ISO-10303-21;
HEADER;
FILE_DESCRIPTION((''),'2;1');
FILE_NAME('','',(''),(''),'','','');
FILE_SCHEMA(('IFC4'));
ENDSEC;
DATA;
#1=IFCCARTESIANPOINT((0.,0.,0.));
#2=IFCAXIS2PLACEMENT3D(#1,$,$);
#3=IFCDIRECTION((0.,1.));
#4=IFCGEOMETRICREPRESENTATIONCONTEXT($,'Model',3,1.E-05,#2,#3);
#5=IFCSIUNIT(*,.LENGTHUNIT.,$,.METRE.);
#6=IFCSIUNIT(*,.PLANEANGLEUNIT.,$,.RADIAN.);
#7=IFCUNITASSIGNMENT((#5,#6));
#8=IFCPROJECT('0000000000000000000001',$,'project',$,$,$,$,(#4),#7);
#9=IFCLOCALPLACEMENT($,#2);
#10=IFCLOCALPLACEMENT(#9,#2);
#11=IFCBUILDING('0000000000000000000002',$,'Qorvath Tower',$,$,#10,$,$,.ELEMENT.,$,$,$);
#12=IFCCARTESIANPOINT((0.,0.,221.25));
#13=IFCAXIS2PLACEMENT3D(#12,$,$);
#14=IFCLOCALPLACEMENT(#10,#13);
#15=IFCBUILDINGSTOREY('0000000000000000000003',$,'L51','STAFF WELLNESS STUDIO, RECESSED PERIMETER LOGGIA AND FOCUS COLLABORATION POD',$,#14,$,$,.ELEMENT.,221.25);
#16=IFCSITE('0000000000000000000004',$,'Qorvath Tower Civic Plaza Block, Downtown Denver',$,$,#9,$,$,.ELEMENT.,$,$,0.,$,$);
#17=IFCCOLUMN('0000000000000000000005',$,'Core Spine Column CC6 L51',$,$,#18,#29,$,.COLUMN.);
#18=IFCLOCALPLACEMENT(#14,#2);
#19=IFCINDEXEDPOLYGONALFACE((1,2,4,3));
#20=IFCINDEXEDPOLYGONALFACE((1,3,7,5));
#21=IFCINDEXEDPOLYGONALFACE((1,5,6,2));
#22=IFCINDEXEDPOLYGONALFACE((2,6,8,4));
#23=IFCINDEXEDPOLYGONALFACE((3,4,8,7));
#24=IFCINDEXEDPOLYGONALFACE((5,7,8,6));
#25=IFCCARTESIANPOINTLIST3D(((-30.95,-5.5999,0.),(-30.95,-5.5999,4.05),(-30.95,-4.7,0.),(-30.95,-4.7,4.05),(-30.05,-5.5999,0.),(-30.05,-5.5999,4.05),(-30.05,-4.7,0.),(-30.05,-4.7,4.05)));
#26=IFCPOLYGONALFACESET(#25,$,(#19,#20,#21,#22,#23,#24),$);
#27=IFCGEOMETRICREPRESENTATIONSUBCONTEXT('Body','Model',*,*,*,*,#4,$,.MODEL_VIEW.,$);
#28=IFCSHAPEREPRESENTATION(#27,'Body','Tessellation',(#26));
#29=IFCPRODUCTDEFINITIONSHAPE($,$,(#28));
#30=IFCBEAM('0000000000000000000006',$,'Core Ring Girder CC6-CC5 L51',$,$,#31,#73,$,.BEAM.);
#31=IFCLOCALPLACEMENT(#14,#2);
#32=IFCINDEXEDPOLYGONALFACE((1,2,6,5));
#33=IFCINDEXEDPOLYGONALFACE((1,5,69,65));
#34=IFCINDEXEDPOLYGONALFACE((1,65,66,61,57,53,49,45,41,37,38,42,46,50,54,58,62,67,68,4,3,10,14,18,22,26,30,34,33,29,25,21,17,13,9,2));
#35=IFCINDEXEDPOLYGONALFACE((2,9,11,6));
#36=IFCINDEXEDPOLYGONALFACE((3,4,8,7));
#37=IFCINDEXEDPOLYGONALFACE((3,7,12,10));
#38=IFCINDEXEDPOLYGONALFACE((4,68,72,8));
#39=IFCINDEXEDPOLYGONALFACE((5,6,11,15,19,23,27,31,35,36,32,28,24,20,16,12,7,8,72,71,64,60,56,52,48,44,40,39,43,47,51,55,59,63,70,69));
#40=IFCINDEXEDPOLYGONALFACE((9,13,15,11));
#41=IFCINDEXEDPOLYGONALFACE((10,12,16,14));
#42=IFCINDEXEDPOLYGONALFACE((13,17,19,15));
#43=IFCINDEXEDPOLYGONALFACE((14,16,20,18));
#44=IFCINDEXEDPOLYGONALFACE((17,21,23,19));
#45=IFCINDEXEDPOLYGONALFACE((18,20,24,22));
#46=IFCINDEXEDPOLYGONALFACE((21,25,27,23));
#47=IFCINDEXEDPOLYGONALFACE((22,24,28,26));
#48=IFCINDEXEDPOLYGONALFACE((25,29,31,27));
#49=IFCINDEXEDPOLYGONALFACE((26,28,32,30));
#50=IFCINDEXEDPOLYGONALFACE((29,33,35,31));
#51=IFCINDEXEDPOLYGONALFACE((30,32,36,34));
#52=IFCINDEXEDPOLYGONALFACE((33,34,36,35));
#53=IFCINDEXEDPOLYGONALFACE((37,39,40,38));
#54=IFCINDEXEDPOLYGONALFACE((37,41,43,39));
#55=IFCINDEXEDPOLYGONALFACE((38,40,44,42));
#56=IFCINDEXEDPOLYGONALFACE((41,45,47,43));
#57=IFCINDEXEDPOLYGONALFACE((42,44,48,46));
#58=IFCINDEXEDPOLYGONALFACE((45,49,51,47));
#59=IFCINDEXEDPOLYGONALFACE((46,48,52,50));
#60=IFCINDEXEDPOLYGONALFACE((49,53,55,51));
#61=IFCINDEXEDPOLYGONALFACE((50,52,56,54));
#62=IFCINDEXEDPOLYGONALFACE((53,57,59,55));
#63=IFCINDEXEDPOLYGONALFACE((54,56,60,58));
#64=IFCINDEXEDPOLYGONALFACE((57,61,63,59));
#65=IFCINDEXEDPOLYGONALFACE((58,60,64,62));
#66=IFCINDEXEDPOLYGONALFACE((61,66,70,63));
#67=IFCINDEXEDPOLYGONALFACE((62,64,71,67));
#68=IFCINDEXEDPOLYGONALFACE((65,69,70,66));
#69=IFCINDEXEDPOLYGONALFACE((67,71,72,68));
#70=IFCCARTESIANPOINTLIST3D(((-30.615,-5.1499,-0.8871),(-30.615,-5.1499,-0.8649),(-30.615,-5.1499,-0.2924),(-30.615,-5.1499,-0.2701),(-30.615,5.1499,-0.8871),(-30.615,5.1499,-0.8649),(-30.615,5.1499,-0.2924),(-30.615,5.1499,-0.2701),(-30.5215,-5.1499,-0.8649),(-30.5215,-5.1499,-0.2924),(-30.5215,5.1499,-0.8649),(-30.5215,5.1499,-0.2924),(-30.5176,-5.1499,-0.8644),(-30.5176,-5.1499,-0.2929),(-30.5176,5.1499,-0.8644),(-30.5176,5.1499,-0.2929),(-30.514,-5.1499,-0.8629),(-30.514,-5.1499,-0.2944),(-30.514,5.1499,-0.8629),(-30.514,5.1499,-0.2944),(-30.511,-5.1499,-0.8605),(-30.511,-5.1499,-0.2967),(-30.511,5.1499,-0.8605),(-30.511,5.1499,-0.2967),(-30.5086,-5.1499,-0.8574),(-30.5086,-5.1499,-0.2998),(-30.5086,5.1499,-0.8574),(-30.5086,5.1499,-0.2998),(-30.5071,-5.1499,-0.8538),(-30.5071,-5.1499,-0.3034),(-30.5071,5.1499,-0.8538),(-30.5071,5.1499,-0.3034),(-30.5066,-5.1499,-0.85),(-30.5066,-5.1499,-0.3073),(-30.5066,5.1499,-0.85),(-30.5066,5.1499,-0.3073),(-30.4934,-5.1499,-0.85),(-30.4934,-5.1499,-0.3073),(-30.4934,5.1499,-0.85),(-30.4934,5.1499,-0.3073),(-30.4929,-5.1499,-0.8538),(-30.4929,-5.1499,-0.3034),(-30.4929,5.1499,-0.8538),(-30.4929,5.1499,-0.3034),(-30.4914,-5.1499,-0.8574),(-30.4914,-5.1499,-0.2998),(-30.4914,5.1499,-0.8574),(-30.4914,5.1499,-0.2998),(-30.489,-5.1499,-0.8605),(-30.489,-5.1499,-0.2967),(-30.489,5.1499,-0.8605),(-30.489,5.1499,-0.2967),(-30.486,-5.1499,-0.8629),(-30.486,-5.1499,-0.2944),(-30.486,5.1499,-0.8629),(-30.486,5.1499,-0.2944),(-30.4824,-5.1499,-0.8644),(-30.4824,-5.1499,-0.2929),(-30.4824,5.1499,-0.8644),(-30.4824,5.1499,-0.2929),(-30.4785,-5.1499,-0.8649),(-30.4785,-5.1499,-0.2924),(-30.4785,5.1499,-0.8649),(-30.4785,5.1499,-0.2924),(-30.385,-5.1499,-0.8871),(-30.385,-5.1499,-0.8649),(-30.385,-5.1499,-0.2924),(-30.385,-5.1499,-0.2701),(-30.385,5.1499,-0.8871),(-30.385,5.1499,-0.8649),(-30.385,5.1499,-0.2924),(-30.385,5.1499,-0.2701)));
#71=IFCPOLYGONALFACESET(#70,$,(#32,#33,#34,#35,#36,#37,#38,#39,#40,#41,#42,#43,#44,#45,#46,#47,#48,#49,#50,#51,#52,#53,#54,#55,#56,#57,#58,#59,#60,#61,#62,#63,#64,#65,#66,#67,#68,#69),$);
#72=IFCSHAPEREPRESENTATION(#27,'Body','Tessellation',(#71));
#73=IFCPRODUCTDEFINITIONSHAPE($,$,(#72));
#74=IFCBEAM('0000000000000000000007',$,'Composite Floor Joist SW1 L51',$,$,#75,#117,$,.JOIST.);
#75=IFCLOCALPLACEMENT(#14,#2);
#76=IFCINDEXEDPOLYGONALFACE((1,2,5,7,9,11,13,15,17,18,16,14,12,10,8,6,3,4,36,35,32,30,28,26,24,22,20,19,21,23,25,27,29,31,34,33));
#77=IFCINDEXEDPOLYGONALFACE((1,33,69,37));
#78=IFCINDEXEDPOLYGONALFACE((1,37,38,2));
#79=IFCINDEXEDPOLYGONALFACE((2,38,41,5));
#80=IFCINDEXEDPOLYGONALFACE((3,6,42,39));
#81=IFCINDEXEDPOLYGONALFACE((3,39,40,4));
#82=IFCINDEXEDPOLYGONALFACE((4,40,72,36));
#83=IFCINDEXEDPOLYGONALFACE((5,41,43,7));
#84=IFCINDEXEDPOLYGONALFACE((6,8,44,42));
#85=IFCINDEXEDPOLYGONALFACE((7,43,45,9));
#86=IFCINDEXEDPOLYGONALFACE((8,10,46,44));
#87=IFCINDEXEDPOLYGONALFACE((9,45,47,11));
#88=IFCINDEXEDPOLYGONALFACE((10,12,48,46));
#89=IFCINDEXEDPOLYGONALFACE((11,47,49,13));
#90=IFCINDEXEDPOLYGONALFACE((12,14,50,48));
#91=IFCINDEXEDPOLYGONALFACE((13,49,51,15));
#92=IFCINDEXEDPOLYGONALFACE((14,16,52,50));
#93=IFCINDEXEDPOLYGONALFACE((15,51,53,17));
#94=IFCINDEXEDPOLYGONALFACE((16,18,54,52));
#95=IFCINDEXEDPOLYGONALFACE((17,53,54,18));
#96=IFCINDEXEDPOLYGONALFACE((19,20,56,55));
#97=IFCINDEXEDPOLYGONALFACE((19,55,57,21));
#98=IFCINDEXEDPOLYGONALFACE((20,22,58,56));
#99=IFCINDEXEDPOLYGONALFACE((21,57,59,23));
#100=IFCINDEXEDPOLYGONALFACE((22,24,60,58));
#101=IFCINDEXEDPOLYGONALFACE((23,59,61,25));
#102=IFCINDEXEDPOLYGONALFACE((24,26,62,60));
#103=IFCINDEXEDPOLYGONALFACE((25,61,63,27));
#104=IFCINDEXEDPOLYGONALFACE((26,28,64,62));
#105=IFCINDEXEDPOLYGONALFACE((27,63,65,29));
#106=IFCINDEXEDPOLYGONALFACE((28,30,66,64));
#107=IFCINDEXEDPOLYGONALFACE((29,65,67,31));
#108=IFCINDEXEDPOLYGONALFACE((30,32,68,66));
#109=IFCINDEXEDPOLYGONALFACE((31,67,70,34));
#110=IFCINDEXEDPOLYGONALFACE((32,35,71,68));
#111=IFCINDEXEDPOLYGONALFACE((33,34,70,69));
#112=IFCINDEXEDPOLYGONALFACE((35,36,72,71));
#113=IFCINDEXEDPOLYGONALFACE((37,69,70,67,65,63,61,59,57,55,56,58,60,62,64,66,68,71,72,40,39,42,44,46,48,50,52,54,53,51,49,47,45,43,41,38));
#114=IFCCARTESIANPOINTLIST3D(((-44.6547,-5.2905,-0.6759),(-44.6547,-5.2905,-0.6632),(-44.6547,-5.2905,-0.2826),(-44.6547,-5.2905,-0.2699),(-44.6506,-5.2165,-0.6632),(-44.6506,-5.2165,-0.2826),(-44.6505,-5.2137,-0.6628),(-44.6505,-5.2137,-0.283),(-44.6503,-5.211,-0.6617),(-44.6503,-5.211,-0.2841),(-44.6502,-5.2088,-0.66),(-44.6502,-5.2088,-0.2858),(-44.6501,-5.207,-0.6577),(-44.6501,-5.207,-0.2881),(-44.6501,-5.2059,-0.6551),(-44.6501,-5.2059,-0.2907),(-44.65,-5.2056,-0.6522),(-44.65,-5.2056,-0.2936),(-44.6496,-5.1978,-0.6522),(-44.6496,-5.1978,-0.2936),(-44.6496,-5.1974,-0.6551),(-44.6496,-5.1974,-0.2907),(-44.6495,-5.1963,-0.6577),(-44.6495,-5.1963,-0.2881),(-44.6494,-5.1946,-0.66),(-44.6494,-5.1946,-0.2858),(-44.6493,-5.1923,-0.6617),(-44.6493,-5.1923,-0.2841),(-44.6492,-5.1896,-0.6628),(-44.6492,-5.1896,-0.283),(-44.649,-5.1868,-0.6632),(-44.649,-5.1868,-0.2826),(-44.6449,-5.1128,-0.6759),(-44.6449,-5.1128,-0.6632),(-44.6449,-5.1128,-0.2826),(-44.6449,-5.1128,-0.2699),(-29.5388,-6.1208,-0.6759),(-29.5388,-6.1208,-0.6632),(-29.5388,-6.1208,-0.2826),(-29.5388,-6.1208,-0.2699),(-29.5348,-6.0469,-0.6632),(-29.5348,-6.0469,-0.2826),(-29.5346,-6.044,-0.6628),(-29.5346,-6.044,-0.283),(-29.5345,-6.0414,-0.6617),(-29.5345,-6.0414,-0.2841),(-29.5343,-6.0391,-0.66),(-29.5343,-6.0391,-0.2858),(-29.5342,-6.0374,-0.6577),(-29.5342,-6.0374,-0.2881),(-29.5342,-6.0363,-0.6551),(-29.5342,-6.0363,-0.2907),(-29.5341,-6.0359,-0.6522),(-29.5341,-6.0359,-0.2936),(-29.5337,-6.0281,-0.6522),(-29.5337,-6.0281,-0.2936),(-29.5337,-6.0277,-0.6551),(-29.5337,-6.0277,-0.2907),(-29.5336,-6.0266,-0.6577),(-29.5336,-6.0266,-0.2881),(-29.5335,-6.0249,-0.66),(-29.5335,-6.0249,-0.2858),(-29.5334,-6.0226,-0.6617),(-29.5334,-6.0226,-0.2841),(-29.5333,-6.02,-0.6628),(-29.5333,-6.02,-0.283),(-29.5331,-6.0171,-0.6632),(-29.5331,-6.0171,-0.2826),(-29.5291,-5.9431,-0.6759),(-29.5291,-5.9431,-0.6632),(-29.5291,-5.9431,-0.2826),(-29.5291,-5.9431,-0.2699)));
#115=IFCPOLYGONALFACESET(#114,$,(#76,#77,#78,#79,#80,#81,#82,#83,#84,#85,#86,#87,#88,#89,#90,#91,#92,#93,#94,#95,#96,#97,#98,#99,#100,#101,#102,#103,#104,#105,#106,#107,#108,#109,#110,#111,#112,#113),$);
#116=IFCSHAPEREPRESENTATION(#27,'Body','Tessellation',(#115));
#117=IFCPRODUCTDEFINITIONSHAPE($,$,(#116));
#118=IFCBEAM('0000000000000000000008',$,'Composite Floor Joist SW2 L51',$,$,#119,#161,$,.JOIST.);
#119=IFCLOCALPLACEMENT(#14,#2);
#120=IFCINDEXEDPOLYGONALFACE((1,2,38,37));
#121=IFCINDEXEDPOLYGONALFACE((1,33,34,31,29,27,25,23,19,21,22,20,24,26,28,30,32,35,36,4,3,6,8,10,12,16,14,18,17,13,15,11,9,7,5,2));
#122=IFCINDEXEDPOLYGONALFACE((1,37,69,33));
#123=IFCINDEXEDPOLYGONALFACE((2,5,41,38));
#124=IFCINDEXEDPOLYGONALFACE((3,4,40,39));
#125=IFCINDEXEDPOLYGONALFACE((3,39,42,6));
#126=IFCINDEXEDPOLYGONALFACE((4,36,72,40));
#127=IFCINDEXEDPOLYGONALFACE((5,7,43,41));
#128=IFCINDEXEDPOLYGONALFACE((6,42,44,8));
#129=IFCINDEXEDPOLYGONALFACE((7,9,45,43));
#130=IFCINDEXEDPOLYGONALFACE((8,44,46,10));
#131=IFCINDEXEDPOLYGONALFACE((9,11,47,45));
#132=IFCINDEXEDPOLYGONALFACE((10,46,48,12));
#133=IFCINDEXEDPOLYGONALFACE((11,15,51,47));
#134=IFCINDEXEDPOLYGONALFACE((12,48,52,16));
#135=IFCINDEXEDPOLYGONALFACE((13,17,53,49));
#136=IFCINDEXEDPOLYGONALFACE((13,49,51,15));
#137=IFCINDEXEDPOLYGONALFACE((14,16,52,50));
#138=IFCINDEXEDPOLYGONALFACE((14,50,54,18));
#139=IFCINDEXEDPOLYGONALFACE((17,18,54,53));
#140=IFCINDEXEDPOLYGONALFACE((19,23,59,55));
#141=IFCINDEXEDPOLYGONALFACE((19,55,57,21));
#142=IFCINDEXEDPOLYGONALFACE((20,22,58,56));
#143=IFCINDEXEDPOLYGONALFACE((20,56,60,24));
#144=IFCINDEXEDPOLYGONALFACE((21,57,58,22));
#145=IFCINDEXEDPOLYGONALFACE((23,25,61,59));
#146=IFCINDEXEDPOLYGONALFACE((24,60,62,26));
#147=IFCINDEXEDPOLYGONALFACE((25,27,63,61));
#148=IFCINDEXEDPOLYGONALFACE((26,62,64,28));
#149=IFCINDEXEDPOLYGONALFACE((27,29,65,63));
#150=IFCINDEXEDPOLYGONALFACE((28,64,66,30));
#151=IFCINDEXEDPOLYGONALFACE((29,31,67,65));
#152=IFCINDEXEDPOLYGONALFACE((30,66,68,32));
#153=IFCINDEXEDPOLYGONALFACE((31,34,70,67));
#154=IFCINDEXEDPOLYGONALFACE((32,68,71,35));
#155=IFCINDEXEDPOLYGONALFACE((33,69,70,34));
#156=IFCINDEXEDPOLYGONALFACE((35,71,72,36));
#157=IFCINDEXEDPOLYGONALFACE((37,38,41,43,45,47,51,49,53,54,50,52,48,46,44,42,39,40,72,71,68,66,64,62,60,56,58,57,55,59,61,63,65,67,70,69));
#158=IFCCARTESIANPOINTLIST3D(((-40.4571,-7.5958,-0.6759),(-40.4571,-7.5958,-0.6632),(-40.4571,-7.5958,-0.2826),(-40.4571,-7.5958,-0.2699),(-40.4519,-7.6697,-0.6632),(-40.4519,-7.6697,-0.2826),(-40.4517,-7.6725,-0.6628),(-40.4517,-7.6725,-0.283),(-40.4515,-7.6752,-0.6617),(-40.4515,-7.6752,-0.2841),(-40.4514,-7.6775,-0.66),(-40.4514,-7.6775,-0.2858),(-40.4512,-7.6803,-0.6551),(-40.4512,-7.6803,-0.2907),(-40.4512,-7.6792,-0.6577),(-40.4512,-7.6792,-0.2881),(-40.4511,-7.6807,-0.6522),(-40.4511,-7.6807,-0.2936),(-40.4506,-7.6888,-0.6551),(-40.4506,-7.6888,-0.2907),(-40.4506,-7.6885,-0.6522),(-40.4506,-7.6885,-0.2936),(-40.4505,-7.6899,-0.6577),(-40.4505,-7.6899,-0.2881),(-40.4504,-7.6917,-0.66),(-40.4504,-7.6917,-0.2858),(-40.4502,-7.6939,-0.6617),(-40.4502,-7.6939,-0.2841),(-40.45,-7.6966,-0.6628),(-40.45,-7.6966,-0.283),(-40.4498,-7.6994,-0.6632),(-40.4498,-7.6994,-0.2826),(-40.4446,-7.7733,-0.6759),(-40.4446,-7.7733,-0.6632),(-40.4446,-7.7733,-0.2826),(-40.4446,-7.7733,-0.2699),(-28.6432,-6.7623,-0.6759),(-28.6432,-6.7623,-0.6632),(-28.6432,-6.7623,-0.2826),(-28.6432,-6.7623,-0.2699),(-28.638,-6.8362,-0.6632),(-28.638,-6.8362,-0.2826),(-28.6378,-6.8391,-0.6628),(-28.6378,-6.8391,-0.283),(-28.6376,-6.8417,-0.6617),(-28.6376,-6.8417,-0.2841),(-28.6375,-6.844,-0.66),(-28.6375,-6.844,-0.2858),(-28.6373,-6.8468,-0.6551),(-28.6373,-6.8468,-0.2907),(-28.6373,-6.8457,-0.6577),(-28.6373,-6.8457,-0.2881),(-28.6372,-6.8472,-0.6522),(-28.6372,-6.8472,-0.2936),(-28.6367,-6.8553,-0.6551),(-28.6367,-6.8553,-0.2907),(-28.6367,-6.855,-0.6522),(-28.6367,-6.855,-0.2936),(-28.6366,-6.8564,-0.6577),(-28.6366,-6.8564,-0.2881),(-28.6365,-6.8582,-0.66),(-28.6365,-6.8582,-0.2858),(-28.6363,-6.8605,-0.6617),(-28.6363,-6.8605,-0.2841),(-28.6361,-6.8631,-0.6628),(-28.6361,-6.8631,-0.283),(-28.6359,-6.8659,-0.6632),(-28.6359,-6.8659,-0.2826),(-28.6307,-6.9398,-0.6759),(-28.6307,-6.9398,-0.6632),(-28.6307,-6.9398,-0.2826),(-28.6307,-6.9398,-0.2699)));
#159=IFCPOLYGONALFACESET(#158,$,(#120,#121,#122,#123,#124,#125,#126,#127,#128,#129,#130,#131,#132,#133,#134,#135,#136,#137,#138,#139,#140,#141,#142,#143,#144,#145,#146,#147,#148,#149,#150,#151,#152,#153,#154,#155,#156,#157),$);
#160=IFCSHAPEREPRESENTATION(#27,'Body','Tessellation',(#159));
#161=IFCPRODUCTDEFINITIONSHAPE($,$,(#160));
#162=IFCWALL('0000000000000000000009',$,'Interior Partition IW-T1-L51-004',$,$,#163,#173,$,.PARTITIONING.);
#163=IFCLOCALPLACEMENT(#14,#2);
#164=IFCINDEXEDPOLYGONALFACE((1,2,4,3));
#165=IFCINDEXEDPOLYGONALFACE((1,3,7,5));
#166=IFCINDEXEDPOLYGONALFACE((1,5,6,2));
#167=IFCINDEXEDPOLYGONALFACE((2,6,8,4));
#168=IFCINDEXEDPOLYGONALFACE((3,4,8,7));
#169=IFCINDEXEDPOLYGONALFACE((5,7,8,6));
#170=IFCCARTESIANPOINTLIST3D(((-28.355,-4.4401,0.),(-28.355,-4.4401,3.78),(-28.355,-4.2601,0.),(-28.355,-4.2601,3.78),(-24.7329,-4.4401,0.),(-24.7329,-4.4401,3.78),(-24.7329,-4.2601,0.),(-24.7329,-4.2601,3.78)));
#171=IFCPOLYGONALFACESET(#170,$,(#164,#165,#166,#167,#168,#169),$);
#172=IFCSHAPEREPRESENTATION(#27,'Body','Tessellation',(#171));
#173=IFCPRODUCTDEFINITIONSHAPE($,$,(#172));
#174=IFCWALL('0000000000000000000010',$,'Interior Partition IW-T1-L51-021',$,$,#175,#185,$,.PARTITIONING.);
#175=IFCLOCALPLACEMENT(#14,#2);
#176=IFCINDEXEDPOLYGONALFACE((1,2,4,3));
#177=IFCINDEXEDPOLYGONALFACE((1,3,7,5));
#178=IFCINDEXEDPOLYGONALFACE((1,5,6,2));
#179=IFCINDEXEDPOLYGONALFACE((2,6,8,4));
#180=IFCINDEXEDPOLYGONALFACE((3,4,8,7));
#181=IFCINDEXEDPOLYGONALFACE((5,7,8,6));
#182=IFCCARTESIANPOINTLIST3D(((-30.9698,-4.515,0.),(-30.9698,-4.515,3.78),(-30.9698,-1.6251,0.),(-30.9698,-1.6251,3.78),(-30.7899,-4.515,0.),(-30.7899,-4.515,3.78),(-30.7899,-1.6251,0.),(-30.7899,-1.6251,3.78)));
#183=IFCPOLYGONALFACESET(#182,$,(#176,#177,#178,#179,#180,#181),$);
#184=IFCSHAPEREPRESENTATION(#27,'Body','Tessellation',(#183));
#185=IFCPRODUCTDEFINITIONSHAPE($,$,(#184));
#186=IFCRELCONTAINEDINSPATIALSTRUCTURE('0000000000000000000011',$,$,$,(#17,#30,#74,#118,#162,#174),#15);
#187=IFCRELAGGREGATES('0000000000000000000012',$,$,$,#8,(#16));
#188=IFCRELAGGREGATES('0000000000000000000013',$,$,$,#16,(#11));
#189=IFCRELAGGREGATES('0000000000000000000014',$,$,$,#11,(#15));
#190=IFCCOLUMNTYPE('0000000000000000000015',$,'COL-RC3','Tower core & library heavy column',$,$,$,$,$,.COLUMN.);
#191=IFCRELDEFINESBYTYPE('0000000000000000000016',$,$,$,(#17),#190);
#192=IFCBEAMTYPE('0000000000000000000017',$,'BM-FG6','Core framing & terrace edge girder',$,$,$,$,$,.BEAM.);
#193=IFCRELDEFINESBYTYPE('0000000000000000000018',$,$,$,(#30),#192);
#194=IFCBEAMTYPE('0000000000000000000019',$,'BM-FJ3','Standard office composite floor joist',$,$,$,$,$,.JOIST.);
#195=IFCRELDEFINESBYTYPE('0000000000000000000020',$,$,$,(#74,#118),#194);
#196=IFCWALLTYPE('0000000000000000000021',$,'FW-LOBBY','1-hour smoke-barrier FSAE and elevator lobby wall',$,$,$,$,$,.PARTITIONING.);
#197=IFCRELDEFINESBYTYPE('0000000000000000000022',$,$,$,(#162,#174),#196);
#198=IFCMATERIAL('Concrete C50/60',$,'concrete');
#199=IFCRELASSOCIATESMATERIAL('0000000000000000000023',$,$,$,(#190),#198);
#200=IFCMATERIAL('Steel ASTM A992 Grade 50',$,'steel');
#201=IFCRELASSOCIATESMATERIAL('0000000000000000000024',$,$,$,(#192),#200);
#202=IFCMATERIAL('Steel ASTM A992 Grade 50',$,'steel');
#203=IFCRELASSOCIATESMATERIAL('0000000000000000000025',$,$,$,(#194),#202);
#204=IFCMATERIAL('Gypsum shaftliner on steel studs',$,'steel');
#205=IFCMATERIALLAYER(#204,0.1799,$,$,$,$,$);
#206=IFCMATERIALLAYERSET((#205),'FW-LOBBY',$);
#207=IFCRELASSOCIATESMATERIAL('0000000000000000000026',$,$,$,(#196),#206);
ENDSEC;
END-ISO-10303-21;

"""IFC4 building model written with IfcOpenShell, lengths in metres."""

from ifc_helpers import new_model, si_unit, direction, frame, frame_2d, origin, origin_2d, place, context, subcontext, project, spatial, rectangle, i_section, extrude, material, layer, layer_set, material_profile, profile_set, type_object, element, save


model = new_model("IFC4")

# Units and contexts
model_context = context("Model", 3, precision=1e-05, world=origin(), true_north=direction((0.0, 1.0)))
body_context = subcontext(model_context, "Body", "Model", "MODEL_VIEW")
ifc_project = project(units=[si_unit("LENGTHUNIT", "METRE"), si_unit("PLANEANGLEUNIT", "RADIAN")], contexts=[model_context])

# Site, building, storey
site_placement = place(None, origin())
site = spatial("IfcSite", under=ifc_project, at=site_placement, Name="Qorvath Tower Civic Plaza Block, Downtown Denver", CompositionType="ELEMENT", RefElevation=0.0)
building_placement = place(site_placement, origin())
building = spatial("IfcBuilding", under=site, at=building_placement, Name="Qorvath Tower", CompositionType="ELEMENT")
storey_placement = place(building_placement, frame((0.0, 0.0, 221.25)))
storey = spatial("IfcBuildingStorey", under=building, at=storey_placement, Name="L51", Description="STAFF WELLNESS STUDIO, RECESSED PERIMETER LOGGIA AND FOCUS COLLABORATION POD", CompositionType="ELEMENT", Elevation=221.25)

# Column
ifc_material_1 = material(Name="Concrete C50/60", Category="concrete")
ifc_material_profile_1 = material_profile(ifc_material_1, rectangle(XDim=0.8999, YDim=0.8999, at=origin_2d()), Name="RC 900x900")
ifc_profile_set_1 = profile_set([ifc_material_profile_1], Name="Concrete C50/60")
column_type = type_object("IfcColumnType", Name="COL-RC3", Description="Tower core & library heavy column", PredefinedType="COLUMN", material=ifc_profile_set_1)
column_placement = place(storey_placement, frame((-30.5, -5.1499, 0.0), z_axis=(0.0, 0.0, 1.0), x_axis=(1.0, 0.0, 0.0)))
element("IfcColumn", 1, at=column_placement, inside=storey, type_object=column_type, Name="Core Spine Column CC6 L51", PredefinedType="COLUMN", context=body_context, shape_type="SweptSolid", body=[
    extrude(rectangle(XDim=0.8999, YDim=0.8999, at=origin_2d()), origin(), (0.0, 0.0, 1.0), 4.05),
])

# Beams
ifc_material_2 = material(Name="Steel ASTM A992 Grade 50", Category="steel")
ifc_material_profile_2 = material_profile(ifc_material_2, i_section(OverallWidth=0.23, OverallDepth=0.6169, WebThickness=0.0132, FlangeThickness=0.0222, FilletRadius=0.0149, at=origin_2d()), Name="W24x94")
ifc_profile_set_2 = profile_set([ifc_material_profile_2], Name="Steel ASTM A992 Grade 50")
beam_type_1 = type_object("IfcBeamType", Name="BM-FG6", Description="Core framing & terrace edge girder", PredefinedType="BEAM", material=ifc_profile_set_2)
beam_1_placement = place(storey_placement, frame((-30.5, -5.1499, -0.5786), z_axis=(0.0, 1.0, 0.0), x_axis=(-1.0, 0.0, 0.0)))
element("IfcBeam", 2, at=beam_1_placement, inside=storey, type_object=beam_type_1, Name="Core Ring Girder CC6-CC5 L51", PredefinedType="BEAM", context=body_context, shape_type="SweptSolid", body=[
    extrude(i_section(OverallWidth=0.23, OverallDepth=0.6169, WebThickness=0.0132, FlangeThickness=0.0222, FilletRadius=0.0149, at=origin_2d()), origin(), (0.0, 0.0, 1.0), 10.2998),
])
ifc_material_3 = material(Name="Steel ASTM A992 Grade 50", Category="steel")
ifc_material_profile_3 = material_profile(ifc_material_3, i_section(OverallWidth=0.178, OverallDepth=0.406, WebThickness=0.0078, FlangeThickness=0.0127, FilletRadius=0.011, at=origin_2d()), Name="W16x40")
ifc_profile_set_3 = profile_set([ifc_material_profile_3], Name="Steel ASTM A992 Grade 50")
beam_type_2 = type_object("IfcBeamType", Name="BM-FJ3", Description="Standard office composite floor joist", PredefinedType="JOIST", material=ifc_profile_set_3)
beam_2_placement = place(storey_placement, frame((-29.5339, -6.032, -0.4729), z_axis=(-0.998495, 0.054847, 0.0), x_axis=(-0.054847, -0.998495, 0.0)))
element("IfcBeam", 3, at=beam_2_placement, inside=storey, type_object=beam_type_2, Name="Composite Floor Joist SW1 L51", PredefinedType="JOIST", context=body_context, shape_type="SweptSolid", body=[
    extrude(i_section(OverallWidth=0.178, OverallDepth=0.406, WebThickness=0.0078, FlangeThickness=0.0127, FilletRadius=0.011, at=origin_2d()), origin(), (0.0, 0.0, 1.0), 15.1387),
])
beam_3_placement = place(storey_placement, frame((-28.637, -6.8511, -0.4729), z_axis=(-0.99752, -0.070377, 0.0), x_axis=(0.070377, -0.99752, 0.0)))
element("IfcBeam", 4, at=beam_3_placement, inside=storey, type_object=beam_type_2, Name="Composite Floor Joist SW2 L51", PredefinedType="JOIST", context=body_context, shape_type="SweptSolid", body=[
    extrude(i_section(OverallWidth=0.178, OverallDepth=0.406, WebThickness=0.0078, FlangeThickness=0.0127, FilletRadius=0.011, at=origin_2d()), origin(), (0.0, 0.0, 1.0), 11.8433),
])

# Walls
ifc_material_4 = material(Name="Gypsum shaftliner on steel studs", Category="steel")
ifc_layer_1 = layer(ifc_material_4, 0.1799)
ifc_layer_set_1 = layer_set([ifc_layer_1], Name="FW-LOBBY")
wall_type_1 = type_object("IfcWallType", Name="FW-LOBBY", Description="1-hour smoke-barrier FSAE and elevator lobby wall", PredefinedType="PARTITIONING", material=ifc_layer_set_1)
wall_1_placement = place(storey_placement, frame((-24.7329, -4.3501, 0.0), z_axis=(0.0, 0.0, 1.0), x_axis=(-1.0, 0.0, 0.0)))
element("IfcWall", 5, at=wall_1_placement, inside=storey, type_object=wall_type_1, Name="Interior Partition IW-T1-L51-004", PredefinedType="PARTITIONING", context=body_context, shape_type="SweptSolid", body=[
    extrude(rectangle(XDim=3.6221, YDim=0.1799, at=frame_2d((1.811, 0.0))), origin(), (0.0, 0.0, 1.0), 3.78),
])
wall_2_placement = place(storey_placement, frame((-30.8799, -4.5149, 0.0), z_axis=(0.0, 0.0, 1.0), x_axis=(0.0, 1.0, 0.0)))
element("IfcWall", 6, at=wall_2_placement, inside=storey, type_object=wall_type_1, Name="Interior Partition IW-T1-L51-021", PredefinedType="PARTITIONING", context=body_context, shape_type="SweptSolid", body=[
    extrude(rectangle(XDim=2.8899, YDim=0.1799, at=frame_2d((1.4448, 0.0))), origin(), (0.0, 0.0, 1.0), 3.78),
])

save(model, "model.ifc")
